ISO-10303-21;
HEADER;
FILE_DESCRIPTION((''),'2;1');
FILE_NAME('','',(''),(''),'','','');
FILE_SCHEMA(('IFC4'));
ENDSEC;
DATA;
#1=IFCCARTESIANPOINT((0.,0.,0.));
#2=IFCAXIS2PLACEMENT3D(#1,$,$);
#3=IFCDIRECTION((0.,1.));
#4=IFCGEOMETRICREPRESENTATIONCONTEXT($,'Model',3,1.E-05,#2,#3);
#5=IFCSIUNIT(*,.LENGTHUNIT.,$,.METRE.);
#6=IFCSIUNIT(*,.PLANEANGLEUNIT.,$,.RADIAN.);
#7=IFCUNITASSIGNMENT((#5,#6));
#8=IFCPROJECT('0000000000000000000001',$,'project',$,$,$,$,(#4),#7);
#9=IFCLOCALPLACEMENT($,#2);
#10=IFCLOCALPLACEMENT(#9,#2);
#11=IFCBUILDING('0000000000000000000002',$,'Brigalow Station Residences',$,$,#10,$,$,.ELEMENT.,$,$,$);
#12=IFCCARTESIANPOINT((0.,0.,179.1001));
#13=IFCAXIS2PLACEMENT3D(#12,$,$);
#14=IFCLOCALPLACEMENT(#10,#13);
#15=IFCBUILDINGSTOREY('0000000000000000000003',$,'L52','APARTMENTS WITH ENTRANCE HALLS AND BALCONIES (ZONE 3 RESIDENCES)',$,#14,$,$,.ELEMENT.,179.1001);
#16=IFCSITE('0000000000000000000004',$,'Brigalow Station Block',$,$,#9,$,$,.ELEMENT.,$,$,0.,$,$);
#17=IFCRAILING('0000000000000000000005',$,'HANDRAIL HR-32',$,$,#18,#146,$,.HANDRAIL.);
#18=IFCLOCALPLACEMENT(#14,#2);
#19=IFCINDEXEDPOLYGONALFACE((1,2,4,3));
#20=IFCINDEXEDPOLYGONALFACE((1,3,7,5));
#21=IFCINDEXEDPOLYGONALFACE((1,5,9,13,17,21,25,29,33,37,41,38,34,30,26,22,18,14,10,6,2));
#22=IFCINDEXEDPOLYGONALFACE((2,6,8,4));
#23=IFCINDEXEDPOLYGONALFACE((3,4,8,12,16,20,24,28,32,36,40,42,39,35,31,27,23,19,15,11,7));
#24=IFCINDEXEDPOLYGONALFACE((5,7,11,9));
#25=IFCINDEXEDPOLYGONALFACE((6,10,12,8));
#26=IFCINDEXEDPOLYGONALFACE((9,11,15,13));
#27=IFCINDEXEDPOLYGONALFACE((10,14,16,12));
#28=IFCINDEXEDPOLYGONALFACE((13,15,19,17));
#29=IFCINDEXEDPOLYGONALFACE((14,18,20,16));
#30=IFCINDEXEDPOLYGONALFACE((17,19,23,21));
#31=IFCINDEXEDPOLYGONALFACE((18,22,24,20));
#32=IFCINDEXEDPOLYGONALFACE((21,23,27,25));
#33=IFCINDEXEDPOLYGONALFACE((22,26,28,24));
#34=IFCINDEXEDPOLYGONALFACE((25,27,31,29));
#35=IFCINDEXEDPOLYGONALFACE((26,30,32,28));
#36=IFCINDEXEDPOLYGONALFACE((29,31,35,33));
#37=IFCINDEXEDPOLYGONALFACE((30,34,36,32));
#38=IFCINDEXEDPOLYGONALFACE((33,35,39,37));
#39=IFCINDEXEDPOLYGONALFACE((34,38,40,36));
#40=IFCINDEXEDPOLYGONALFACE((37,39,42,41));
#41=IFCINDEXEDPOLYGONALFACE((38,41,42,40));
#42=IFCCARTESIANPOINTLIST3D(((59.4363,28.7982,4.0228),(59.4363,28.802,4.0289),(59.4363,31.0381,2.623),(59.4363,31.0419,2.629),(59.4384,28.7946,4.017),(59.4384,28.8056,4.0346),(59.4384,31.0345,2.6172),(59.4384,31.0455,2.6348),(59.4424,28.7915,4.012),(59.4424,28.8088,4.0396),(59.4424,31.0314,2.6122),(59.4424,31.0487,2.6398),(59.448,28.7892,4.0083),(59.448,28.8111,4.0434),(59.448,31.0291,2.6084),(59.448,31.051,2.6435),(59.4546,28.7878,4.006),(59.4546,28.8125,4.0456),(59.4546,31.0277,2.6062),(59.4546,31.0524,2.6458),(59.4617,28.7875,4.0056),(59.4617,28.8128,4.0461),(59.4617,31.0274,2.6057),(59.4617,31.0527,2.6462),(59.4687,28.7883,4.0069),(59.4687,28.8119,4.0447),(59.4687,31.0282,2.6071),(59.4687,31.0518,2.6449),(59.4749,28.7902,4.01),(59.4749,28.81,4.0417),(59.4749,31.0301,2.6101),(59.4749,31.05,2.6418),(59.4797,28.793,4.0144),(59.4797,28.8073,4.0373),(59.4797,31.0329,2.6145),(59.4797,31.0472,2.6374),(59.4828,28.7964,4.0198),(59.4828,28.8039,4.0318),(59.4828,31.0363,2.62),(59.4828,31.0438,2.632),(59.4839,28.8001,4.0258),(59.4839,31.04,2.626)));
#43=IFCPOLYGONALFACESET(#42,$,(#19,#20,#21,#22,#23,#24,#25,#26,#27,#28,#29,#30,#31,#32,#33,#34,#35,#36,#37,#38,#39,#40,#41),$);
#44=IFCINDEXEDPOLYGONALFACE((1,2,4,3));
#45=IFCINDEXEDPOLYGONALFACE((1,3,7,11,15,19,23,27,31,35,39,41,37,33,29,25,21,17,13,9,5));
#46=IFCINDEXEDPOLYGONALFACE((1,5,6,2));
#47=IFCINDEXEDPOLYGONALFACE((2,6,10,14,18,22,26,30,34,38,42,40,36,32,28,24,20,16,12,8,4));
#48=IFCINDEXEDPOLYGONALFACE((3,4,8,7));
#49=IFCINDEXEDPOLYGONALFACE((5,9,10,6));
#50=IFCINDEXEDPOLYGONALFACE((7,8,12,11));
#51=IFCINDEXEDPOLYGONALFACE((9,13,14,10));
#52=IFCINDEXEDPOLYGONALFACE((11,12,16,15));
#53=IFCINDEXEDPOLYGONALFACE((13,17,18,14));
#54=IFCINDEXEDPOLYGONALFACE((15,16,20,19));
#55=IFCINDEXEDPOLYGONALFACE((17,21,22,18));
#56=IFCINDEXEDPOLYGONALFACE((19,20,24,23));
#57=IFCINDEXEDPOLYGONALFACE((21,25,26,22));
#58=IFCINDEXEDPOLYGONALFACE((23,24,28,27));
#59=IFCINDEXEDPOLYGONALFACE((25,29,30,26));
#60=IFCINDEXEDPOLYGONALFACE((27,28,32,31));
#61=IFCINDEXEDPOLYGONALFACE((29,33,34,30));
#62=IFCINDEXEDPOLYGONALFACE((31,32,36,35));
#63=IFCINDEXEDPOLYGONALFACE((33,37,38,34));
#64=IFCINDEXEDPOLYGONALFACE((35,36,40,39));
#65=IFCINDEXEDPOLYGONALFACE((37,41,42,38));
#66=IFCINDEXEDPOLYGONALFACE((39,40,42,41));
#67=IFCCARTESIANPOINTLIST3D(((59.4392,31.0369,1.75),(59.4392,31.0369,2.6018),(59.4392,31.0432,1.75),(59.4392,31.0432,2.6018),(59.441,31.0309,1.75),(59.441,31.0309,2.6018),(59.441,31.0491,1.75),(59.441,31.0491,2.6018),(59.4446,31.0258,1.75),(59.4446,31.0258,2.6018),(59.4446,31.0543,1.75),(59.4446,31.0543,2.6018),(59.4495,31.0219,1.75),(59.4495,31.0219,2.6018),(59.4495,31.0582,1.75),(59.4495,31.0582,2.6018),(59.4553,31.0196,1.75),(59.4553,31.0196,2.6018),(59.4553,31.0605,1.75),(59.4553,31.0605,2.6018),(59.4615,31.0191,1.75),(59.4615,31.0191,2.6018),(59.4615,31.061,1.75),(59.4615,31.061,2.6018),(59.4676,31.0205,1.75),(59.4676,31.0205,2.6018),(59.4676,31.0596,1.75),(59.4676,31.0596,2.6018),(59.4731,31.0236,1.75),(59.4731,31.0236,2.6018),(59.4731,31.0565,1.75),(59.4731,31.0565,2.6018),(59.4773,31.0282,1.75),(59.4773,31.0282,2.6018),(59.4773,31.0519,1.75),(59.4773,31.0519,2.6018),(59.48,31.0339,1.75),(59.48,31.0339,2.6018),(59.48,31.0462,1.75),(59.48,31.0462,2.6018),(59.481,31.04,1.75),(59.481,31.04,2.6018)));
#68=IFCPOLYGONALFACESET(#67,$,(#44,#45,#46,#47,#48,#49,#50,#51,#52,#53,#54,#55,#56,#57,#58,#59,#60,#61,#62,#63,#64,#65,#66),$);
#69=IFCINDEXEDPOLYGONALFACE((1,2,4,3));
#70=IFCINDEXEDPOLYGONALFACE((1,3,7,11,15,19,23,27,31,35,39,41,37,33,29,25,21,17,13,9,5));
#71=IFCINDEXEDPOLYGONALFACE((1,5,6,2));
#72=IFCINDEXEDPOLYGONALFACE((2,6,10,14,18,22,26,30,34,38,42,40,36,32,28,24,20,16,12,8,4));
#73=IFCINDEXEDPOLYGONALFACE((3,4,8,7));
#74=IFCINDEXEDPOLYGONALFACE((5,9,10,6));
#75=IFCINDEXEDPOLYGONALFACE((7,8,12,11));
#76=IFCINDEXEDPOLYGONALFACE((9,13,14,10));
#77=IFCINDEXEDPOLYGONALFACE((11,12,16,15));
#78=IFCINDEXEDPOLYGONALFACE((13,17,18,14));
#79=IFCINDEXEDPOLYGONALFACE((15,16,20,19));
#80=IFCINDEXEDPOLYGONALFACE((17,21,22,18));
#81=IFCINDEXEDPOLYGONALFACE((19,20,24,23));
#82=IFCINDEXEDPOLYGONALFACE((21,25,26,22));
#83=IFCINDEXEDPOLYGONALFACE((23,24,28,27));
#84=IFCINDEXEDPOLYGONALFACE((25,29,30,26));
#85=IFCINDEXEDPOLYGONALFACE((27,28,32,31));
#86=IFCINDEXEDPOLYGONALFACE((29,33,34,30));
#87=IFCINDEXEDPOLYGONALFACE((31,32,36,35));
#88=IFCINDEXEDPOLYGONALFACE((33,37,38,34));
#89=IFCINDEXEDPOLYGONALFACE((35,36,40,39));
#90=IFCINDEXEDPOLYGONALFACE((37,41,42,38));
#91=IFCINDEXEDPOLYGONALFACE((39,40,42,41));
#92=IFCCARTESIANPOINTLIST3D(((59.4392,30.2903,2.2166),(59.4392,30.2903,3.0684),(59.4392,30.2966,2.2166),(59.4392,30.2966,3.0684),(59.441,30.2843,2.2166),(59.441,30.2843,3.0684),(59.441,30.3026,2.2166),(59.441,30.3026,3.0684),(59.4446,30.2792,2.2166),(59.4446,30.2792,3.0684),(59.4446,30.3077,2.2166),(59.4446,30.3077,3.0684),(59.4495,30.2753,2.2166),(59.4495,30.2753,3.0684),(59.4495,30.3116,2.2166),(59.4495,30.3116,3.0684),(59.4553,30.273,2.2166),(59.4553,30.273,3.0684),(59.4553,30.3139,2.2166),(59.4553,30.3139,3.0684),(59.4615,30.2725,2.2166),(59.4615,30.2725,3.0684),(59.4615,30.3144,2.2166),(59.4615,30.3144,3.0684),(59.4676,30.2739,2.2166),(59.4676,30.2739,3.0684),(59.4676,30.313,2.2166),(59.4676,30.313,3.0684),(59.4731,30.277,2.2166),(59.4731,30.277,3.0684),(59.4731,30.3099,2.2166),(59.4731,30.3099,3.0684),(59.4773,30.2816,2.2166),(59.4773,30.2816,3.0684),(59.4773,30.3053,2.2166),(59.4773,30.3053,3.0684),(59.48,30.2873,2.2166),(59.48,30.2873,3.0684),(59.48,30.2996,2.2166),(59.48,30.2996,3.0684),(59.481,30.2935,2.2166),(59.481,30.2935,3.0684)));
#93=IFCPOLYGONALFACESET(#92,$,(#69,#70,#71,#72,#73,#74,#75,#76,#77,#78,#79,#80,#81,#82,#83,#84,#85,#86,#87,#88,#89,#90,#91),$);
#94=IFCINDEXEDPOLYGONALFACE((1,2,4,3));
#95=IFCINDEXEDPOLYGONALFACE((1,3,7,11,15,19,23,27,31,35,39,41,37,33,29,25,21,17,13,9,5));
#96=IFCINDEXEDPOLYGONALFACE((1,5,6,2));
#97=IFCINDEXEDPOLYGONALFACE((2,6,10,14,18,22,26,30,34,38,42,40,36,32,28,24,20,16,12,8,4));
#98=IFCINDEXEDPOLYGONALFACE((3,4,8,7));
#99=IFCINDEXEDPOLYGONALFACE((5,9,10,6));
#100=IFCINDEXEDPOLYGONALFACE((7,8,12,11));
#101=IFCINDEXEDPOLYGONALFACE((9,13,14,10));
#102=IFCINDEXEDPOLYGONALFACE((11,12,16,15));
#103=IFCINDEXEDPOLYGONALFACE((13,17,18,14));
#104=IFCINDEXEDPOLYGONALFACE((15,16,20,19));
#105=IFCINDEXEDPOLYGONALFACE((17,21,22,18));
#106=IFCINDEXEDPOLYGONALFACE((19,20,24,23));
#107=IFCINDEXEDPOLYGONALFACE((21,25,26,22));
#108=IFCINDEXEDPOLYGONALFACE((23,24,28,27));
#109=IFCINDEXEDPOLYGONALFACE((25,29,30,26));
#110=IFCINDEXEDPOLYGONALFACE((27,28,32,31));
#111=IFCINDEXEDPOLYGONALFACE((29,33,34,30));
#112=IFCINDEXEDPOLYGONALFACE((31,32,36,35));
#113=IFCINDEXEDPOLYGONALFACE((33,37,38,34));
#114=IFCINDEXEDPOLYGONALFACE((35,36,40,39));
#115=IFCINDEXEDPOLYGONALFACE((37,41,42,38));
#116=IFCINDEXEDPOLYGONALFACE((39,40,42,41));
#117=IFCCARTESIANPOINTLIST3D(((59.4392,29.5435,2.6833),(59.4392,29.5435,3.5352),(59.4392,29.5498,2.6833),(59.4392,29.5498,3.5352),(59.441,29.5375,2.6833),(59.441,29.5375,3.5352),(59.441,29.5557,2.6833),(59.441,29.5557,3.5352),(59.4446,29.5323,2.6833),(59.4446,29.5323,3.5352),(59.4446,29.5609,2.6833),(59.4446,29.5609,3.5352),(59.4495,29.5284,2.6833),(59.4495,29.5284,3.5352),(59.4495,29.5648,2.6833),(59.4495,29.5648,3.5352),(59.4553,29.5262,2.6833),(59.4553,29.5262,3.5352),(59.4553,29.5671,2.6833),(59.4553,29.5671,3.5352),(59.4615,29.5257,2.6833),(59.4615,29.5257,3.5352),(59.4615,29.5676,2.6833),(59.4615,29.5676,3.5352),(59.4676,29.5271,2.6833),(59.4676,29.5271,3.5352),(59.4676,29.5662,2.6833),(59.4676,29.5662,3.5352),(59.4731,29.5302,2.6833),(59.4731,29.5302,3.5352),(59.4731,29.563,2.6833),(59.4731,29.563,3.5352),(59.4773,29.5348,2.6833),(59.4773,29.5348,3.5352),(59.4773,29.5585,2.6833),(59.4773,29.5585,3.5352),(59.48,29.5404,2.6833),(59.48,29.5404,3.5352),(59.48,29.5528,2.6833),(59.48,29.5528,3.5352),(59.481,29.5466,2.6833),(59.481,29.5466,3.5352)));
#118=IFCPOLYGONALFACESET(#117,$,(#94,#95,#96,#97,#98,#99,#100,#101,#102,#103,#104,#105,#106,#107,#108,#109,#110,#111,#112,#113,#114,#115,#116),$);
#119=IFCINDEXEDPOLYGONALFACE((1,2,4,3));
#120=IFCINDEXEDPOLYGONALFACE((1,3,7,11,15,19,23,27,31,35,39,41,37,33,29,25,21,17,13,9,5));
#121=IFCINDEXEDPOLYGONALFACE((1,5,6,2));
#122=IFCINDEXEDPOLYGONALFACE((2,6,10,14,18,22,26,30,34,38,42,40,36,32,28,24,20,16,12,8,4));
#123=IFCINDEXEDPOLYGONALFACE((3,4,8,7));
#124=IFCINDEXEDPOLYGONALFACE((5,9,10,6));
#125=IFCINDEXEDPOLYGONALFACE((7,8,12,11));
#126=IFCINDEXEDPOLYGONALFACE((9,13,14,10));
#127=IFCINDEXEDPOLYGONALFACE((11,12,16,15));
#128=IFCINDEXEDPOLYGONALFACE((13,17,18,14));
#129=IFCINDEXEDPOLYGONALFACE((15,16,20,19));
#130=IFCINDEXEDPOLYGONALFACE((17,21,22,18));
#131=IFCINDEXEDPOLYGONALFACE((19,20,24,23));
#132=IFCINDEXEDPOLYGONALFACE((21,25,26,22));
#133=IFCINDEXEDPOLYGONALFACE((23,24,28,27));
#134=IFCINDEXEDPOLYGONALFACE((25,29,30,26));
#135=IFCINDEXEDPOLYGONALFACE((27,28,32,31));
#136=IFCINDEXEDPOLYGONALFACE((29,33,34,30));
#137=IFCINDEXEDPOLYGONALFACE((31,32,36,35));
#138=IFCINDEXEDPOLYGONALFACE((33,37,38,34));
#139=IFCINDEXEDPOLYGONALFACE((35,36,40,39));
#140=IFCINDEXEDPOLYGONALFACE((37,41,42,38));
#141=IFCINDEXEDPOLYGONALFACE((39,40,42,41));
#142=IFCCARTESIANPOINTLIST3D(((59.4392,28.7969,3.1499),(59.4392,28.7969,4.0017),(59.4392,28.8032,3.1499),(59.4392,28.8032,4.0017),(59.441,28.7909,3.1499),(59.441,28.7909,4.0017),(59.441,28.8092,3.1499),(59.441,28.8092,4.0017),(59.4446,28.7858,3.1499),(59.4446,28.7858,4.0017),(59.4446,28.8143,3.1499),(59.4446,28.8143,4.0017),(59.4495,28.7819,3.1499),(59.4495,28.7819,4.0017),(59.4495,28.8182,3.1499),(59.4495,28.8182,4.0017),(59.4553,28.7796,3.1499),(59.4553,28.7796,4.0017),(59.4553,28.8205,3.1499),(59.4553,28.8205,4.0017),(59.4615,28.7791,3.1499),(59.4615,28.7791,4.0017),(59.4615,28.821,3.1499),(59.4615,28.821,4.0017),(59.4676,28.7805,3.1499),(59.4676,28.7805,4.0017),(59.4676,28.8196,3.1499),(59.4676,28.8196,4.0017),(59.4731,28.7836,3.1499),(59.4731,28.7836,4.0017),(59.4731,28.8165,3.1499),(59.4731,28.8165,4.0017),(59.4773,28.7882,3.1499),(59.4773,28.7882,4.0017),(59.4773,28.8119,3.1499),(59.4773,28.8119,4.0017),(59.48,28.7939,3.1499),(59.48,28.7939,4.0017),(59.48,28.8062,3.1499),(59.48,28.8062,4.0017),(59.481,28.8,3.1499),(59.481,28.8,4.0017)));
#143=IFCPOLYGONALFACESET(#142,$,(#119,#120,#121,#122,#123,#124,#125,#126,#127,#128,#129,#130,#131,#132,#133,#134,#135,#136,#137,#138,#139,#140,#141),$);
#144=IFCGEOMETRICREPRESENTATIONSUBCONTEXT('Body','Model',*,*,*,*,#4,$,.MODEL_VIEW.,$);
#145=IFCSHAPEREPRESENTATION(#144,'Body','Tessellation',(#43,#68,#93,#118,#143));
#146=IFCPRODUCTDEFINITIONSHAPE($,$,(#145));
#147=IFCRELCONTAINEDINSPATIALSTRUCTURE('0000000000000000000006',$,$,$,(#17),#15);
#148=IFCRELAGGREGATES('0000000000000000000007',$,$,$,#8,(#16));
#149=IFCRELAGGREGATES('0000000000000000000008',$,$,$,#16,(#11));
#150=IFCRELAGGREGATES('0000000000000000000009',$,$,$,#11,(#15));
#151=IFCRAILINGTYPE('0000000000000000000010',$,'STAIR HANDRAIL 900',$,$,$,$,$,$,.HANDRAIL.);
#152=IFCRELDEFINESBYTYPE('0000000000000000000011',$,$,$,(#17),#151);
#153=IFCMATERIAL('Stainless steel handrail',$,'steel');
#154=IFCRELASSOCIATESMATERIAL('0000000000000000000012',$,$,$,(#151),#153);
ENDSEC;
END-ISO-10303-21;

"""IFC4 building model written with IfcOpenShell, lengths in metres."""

from ifc_helpers import new_model, si_unit, direction, frame, origin, origin_2d, place, context, subcontext, project, spatial, circle, extrude, material, type_object, element, save


model = new_model("IFC4")

# Units and contexts
model_context = context("Model", 3, precision=1e-05, world=origin(), true_north=direction((0.0, 1.0)))
body_context = subcontext(model_context, "Body", "Model", "MODEL_VIEW")
ifc_project = project(units=[si_unit("LENGTHUNIT", "METRE"), si_unit("PLANEANGLEUNIT", "RADIAN")], contexts=[model_context])

# Site, building, storey
site_placement = place(None, origin())
site = spatial("IfcSite", under=ifc_project, at=site_placement, Name="Brigalow Station Block", CompositionType="ELEMENT", RefElevation=0.0)
building_placement = place(site_placement, origin())
building = spatial("IfcBuilding", under=site, at=building_placement, Name="Brigalow Station Residences", CompositionType="ELEMENT")
storey_placement = place(building_placement, frame((0.0, 0.0, 179.1001)))
storey = spatial("IfcBuildingStorey", under=building, at=storey_placement, Name="L52", Description="APARTMENTS WITH ENTRANCE HALLS AND BALCONIES (ZONE 3 RESIDENCES)", CompositionType="ELEMENT", Elevation=179.1001)

# Railing
ifc_material_1 = material(Name="Stainless steel handrail", Category="steel")
railing_type_1 = type_object("IfcRailingType", Name="STAIR HANDRAIL 900", PredefinedType="HANDRAIL", material=ifc_material_1)
railing_1_placement = place(storey_placement, frame((59.46, 31.04, 1.75)))
element("IfcRailing", 1, at=railing_1_placement, inside=storey, type_object=railing_type_1, Name="HANDRAIL HR-32", PredefinedType="HANDRAIL", context=body_context, shape_type="SweptSolid", body=[
    extrude(circle(Radius=0.0239, at=origin_2d()), frame((0.0, 0.0, 0.876), z_axis=(0.0, -0.848014, 0.529974), x_axis=(1.0, 0.0, 0.0)), (0.0, 0.0, 1.0), 2.6414),
    extrude(circle(Radius=0.021, at=origin_2d()), origin(), (0.0, 0.0, 1.0), 0.8518),
    extrude(circle(Radius=0.021, at=origin_2d()), frame((0.0, -0.7466, 0.4666)), (0.0, 0.0, 1.0), 0.8518),
    extrude(circle(Radius=0.021, at=origin_2d()), frame((0.0, -1.4934, 0.9333)), (0.0, 0.0, 1.0), 0.8518),
    extrude(circle(Radius=0.021, at=origin_2d()), frame((0.0, -2.24, 1.3999)), (0.0, 0.0, 1.0), 0.8518),
])

save(model, "model.ifc")
